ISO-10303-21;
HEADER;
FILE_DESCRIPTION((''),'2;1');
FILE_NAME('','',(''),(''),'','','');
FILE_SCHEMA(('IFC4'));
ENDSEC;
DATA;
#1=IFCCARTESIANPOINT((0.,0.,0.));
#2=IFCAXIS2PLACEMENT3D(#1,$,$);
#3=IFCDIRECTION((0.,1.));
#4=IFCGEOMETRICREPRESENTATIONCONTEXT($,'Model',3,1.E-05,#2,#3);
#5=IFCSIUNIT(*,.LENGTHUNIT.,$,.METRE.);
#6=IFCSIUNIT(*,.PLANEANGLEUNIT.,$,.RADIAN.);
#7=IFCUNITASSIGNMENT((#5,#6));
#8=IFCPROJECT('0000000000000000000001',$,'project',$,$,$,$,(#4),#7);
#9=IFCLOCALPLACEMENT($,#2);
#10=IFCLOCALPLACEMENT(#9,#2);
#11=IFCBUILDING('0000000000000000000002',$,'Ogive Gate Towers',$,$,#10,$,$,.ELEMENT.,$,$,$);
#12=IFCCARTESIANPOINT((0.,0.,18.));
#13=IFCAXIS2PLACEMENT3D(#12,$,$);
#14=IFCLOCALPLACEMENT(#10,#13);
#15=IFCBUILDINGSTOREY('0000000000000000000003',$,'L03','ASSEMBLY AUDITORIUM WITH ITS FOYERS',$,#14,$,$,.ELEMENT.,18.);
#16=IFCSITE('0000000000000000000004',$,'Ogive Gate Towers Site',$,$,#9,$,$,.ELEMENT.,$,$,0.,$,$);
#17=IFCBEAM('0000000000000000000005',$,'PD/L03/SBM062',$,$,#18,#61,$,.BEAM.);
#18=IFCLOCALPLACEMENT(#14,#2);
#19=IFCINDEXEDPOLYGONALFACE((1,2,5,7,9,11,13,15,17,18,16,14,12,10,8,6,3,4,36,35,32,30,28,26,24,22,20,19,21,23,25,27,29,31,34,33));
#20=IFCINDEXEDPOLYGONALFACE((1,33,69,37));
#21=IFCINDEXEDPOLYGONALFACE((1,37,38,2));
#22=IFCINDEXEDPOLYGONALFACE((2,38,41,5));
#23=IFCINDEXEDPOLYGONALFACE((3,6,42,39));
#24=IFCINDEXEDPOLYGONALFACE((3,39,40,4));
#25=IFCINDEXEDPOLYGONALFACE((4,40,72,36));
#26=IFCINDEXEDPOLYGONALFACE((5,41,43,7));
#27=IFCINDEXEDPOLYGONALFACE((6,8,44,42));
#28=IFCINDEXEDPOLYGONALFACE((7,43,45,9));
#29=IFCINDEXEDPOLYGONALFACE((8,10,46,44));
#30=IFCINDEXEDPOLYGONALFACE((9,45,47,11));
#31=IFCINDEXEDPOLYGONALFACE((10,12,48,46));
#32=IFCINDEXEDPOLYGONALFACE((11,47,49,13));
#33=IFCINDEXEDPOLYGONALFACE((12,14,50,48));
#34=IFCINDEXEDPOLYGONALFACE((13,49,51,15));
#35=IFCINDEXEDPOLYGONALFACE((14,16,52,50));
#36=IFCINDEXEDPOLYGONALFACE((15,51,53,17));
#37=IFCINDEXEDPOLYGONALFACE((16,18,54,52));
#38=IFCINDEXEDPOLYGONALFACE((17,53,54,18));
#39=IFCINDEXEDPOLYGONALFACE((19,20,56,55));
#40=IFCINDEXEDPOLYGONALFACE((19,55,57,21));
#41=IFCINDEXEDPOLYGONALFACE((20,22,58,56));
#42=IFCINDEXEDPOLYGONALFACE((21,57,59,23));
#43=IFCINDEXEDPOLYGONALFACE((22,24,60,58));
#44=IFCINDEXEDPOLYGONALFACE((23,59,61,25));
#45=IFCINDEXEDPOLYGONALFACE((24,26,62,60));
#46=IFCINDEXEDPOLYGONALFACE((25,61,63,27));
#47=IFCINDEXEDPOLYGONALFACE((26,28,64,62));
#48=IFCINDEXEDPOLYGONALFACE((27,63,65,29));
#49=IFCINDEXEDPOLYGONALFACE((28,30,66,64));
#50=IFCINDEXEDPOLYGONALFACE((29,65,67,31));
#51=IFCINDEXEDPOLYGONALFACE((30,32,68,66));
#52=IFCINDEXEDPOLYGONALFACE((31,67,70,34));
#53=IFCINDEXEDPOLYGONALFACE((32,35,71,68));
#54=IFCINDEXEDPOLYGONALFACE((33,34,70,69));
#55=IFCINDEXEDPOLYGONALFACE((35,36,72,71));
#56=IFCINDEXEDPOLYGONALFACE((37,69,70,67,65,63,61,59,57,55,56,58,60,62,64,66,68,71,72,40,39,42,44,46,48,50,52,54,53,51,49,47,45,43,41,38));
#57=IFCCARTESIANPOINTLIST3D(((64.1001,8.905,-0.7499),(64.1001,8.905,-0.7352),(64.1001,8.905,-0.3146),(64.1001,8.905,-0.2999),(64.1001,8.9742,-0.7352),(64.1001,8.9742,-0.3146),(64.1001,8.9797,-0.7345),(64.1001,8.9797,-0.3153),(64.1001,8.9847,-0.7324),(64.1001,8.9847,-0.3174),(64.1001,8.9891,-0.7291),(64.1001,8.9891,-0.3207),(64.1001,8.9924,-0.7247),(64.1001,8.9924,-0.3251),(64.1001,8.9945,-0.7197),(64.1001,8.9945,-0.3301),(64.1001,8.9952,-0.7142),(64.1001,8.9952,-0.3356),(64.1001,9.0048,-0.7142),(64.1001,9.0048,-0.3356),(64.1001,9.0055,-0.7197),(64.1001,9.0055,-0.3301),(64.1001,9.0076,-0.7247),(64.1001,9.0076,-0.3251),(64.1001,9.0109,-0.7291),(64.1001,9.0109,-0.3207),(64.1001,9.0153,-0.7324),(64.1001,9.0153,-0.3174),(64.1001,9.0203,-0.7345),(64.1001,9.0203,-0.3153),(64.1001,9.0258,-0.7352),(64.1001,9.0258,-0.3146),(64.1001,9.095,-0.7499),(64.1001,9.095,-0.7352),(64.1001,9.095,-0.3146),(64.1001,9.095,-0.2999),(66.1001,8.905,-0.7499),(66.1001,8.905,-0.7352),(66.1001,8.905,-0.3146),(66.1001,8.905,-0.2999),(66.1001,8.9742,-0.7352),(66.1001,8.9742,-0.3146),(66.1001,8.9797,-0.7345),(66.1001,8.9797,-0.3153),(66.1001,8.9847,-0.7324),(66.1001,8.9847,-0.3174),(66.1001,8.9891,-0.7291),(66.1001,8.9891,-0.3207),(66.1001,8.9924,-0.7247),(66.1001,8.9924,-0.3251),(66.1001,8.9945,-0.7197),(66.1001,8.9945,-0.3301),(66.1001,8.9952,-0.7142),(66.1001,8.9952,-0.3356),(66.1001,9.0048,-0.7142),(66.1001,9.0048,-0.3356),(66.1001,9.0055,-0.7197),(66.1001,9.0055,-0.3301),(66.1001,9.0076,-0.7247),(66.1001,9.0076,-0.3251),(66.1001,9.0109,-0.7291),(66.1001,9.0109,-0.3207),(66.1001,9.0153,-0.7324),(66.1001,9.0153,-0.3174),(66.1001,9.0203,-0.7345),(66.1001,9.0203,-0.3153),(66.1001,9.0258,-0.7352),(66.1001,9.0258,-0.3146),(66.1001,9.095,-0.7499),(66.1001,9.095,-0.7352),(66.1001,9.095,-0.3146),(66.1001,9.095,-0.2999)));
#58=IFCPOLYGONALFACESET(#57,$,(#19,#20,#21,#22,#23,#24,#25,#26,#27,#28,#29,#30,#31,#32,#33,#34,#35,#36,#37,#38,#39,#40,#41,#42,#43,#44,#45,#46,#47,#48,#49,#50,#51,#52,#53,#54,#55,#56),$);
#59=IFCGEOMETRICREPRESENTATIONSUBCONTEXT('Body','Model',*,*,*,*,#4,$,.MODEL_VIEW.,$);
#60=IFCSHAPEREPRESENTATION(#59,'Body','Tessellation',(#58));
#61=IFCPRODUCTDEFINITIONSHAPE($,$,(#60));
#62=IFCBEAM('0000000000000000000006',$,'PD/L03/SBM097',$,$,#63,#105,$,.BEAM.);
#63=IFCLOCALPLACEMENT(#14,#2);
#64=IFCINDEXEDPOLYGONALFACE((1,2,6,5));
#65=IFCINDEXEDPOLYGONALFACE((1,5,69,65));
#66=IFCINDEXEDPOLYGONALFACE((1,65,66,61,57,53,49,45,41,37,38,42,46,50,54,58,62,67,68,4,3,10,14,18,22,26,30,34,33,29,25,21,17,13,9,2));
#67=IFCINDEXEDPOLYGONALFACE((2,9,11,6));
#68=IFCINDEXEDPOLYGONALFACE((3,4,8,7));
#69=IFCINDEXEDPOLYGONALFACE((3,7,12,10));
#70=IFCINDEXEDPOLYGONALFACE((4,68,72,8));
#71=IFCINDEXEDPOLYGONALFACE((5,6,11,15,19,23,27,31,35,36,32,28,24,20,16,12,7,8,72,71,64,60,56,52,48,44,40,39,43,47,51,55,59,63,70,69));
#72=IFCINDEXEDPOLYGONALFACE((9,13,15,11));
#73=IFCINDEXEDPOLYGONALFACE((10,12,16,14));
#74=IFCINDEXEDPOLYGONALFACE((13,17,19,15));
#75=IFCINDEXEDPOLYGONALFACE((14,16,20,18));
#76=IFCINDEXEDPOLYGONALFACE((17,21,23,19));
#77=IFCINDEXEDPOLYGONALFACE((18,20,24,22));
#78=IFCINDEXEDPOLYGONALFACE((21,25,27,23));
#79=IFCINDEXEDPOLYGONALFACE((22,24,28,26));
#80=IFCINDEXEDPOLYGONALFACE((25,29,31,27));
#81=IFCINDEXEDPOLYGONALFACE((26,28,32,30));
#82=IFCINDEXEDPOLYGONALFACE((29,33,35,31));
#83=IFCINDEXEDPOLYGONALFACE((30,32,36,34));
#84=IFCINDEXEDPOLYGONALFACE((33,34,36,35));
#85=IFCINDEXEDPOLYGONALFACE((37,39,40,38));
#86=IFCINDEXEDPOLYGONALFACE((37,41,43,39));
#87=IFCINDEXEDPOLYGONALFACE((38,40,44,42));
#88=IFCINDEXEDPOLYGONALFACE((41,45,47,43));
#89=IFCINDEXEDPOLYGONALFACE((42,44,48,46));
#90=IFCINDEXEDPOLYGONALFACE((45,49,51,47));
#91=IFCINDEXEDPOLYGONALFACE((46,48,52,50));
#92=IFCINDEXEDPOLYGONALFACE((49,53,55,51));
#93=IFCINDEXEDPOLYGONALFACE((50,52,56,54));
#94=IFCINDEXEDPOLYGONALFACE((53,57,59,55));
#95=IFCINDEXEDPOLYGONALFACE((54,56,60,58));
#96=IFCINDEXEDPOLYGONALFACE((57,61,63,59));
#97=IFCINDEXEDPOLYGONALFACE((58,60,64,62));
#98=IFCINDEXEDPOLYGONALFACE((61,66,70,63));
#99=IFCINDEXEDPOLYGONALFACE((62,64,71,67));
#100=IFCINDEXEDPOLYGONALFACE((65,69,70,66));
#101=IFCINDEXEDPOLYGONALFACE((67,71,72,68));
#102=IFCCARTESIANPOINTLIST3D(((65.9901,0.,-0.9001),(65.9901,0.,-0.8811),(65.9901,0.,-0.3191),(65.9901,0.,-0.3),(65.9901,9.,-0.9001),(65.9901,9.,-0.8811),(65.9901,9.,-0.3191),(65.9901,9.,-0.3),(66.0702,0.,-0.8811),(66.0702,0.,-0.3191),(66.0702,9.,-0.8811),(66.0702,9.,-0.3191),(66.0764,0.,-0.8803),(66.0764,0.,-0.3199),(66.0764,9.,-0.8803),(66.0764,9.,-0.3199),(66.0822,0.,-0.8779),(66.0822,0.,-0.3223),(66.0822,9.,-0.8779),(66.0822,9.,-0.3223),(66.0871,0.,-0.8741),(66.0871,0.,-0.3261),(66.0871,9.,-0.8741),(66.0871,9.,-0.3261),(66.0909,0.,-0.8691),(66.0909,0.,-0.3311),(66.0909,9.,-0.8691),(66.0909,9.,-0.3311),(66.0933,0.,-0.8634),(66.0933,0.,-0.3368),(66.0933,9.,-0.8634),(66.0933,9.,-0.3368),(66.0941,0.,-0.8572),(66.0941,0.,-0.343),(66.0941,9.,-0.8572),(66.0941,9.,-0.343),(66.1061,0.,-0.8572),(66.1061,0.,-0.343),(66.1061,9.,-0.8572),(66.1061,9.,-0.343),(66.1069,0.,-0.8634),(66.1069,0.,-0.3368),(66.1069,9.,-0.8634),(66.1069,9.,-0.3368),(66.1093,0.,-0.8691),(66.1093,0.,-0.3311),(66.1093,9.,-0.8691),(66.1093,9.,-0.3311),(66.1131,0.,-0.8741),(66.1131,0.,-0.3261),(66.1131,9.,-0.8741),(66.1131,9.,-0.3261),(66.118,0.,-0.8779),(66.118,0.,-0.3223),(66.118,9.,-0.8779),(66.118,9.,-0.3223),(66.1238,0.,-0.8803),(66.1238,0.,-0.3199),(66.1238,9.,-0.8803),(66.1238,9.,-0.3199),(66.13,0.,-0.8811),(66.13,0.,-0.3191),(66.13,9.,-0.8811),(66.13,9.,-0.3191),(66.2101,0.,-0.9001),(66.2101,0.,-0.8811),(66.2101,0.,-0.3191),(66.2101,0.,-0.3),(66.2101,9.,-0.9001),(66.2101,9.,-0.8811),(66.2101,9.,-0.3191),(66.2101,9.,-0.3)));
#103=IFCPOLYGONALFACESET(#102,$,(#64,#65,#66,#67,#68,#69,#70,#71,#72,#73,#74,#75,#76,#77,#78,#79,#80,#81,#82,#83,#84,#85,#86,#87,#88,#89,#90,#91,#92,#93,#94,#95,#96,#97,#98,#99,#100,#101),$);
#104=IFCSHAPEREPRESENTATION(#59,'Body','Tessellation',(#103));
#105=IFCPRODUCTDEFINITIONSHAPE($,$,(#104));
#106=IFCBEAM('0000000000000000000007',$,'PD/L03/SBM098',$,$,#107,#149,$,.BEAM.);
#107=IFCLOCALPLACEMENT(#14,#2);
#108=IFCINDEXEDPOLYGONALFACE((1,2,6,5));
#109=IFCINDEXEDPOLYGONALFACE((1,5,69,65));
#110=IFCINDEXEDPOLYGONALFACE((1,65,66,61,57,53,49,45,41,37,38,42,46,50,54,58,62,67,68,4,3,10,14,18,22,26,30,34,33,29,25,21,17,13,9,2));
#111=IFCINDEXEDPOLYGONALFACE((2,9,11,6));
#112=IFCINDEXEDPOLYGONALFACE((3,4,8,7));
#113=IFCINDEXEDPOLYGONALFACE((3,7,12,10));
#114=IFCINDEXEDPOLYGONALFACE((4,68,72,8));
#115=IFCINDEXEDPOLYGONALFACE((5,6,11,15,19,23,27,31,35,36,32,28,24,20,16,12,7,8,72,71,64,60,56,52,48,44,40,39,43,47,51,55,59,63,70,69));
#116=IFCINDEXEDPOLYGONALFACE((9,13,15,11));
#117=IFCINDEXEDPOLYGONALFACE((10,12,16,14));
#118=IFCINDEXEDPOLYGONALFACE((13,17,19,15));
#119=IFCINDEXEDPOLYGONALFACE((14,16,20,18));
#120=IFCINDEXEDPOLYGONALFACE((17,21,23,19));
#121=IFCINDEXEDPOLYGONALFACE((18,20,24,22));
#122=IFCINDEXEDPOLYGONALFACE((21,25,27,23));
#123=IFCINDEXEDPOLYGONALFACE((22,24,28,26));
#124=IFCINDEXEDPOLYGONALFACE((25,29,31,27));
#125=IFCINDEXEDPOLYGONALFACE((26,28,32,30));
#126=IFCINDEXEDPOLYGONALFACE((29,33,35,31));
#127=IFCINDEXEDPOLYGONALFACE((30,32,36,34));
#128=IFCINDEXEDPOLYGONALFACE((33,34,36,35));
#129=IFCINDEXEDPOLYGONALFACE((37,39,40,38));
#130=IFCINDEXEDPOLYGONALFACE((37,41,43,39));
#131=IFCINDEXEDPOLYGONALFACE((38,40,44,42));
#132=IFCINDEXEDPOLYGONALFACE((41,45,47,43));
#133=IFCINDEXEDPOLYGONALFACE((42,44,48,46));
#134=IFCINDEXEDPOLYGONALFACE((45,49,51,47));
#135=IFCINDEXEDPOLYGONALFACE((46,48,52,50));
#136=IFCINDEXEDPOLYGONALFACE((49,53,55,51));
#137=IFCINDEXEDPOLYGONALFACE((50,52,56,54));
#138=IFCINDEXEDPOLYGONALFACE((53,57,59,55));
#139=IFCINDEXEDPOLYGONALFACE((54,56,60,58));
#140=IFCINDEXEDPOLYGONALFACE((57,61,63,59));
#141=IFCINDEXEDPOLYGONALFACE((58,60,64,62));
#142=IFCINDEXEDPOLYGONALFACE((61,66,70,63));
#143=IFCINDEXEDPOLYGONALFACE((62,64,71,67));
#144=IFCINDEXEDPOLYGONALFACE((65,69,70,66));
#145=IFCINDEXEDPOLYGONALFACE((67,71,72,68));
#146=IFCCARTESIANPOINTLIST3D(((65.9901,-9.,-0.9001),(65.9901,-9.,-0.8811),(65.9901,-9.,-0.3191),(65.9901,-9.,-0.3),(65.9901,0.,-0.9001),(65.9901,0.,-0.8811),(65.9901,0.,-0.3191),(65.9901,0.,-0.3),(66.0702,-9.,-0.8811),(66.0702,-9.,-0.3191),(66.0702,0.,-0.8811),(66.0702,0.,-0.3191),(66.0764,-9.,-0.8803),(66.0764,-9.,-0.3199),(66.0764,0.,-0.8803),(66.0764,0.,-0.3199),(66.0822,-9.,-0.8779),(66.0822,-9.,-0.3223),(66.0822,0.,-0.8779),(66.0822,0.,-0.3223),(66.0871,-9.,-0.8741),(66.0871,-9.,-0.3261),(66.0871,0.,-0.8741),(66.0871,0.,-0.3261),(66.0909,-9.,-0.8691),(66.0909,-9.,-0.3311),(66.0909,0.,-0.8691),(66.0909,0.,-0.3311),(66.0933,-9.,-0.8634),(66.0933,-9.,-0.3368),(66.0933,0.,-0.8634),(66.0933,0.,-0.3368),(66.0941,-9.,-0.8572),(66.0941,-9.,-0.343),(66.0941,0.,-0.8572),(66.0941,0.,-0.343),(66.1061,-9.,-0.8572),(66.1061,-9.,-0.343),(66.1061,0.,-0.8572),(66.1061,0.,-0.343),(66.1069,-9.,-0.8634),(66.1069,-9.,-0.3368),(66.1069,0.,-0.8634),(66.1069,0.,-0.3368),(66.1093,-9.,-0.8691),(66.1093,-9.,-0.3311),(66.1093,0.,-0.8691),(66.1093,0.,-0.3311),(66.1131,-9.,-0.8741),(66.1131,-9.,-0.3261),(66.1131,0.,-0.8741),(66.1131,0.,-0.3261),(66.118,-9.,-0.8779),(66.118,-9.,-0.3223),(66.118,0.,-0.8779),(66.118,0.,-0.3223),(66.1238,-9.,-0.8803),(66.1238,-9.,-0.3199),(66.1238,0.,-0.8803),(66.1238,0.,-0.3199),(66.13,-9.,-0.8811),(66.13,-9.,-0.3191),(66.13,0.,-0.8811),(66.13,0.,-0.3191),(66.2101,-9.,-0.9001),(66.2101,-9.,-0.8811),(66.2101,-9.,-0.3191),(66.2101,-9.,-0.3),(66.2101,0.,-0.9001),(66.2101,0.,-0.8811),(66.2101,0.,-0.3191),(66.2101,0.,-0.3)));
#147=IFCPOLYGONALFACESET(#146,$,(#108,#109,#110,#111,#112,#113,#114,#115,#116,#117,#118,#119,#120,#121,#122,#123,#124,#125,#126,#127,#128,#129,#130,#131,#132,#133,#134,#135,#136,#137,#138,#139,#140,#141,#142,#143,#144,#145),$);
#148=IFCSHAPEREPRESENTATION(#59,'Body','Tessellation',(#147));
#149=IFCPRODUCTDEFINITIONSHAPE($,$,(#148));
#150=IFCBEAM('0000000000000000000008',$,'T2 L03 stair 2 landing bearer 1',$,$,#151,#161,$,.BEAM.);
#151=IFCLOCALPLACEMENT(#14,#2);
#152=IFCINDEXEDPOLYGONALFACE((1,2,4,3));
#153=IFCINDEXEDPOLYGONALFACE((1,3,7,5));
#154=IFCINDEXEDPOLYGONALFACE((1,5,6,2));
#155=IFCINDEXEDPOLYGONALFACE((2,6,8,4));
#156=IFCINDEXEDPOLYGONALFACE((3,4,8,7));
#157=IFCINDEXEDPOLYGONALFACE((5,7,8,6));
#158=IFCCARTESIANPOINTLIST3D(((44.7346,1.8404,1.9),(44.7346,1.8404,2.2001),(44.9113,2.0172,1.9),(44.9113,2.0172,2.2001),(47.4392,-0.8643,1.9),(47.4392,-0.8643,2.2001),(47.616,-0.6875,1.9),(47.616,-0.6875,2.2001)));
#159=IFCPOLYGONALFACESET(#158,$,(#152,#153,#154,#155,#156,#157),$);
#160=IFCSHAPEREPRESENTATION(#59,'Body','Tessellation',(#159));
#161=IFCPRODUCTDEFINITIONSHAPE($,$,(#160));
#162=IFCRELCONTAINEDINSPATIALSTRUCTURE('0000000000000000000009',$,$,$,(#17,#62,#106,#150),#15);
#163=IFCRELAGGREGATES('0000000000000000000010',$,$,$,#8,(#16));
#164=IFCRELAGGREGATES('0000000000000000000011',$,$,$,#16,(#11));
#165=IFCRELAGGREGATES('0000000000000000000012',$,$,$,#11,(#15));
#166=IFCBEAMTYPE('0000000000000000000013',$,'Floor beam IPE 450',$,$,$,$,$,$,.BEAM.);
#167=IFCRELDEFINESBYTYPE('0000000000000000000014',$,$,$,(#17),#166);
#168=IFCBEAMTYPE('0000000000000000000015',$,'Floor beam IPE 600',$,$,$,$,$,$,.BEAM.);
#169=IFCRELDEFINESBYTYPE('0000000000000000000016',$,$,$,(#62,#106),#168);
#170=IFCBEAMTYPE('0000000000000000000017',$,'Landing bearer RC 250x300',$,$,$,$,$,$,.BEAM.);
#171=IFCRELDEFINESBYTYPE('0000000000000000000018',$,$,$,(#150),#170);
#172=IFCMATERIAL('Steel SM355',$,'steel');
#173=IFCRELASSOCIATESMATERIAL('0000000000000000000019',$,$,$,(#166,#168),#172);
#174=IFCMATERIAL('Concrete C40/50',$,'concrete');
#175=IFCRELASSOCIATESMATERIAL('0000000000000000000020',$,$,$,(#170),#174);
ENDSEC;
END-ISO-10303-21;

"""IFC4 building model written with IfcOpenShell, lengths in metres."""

from ifc_helpers import new_model, si_unit, direction, frame, origin, origin_2d, place, context, subcontext, project, spatial, rectangle, i_section, extrude, material, material_profile, profile_set, type_object, element, save


model = new_model("IFC4")

# Units and contexts
model_context = context("Model", 3, precision=1e-05, world=origin(), true_north=direction((0.0, 1.0)))
body_context = subcontext(model_context, "Body", "Model", "MODEL_VIEW")
ifc_project = project(units=[si_unit("LENGTHUNIT", "METRE"), si_unit("PLANEANGLEUNIT", "RADIAN")], contexts=[model_context])

# Site, building, storey
site_placement = place(None, origin())
site = spatial("IfcSite", under=ifc_project, at=site_placement, Name="Ogive Gate Towers Site", CompositionType="ELEMENT", RefElevation=0.0)
building_placement = place(site_placement, origin())
building = spatial("IfcBuilding", under=site, at=building_placement, Name="Ogive Gate Towers", CompositionType="ELEMENT")
storey_placement = place(building_placement, frame((0.0, 0.0, 18.0)))
storey = spatial("IfcBuildingStorey", under=building, at=storey_placement, Name="L03", Description="ASSEMBLY AUDITORIUM WITH ITS FOYERS", CompositionType="ELEMENT", Elevation=18.0)

# Beams
ifc_material_1 = material(Name="Steel SM355", Category="steel")
ifc_material_profile_1 = material_profile(ifc_material_1, i_section(OverallWidth=0.1899, OverallDepth=0.45, WebThickness=0.0095, FlangeThickness=0.0146, FilletRadius=0.021, at=origin_2d()), Name="IPE 450")
ifc_profile_set_1 = profile_set([ifc_material_profile_1], Name="Steel SM355")
beam_type_1 = type_object("IfcBeamType", Name="Floor beam IPE 450", PredefinedType="BEAM", material=ifc_profile_set_1)
for number, where, z_axis, x_axis, name in (
    (1, (64.1001, 9.0, -0.5249), (1.0, 0.0, 0.0), (0.0, 1.0, 0.0), "PD/L03/SBM062"),
):
    element("IfcBeam", number, at=place(storey_placement, frame(where, z_axis=z_axis, x_axis=x_axis)), inside=storey, type_object=beam_type_1, Name=name, PredefinedType="BEAM", context=body_context, shape_type="SweptSolid", body=[
        extrude(i_section(OverallWidth=0.1899, OverallDepth=0.45, WebThickness=0.0095, FlangeThickness=0.0146, FilletRadius=0.021, at=origin_2d()), origin(), (0.0, 0.0, 1.0), 2.0),
    ])
ifc_material_profile_2 = material_profile(ifc_material_1, i_section(OverallWidth=0.22, OverallDepth=0.6001, WebThickness=0.012, FlangeThickness=0.019, FilletRadius=0.0239, at=origin_2d()), Name="IPE 600")
ifc_profile_set_2 = profile_set([ifc_material_profile_2], Name="Steel SM355")
beam_type_2 = type_object("IfcBeamType", Name="Floor beam IPE 600", PredefinedType="BEAM", material=ifc_profile_set_2)
for number, where, z_axis, x_axis, name in (
    (2, (66.1001, 9.0, -0.6001), (0.0, -1.0, 0.0), (1.0, 0.0, 0.0), "PD/L03/SBM097"),
    (3, (66.1001, 0.0, -0.6001), (0.0, -1.0, 0.0), (1.0, 0.0, 0.0), "PD/L03/SBM098"),
):
    element("IfcBeam", number, at=place(storey_placement, frame(where, z_axis=z_axis, x_axis=x_axis)), inside=storey, type_object=beam_type_2, Name=name, PredefinedType="BEAM", context=body_context, shape_type="SweptSolid", body=[
        extrude(i_section(OverallWidth=0.22, OverallDepth=0.6001, WebThickness=0.012, FlangeThickness=0.019, FilletRadius=0.0239, at=origin_2d()), origin(), (0.0, 0.0, 1.0), 9.0),
    ])
ifc_material_2 = material(Name="Concrete C40/50", Category="concrete")
ifc_material_profile_3 = material_profile(ifc_material_2, rectangle(XDim=0.25, YDim=0.3, at=origin_2d()), Name="RC 250x300")
ifc_profile_set_3 = profile_set([ifc_material_profile_3], Name="Concrete C40/50")
beam_type_3 = type_object("IfcBeamType", Name="Landing bearer RC 250x300", PredefinedType="BEAM", material=ifc_profile_set_3)
beam_1_placement = place(storey_placement, frame((47.5276, -0.7759, 2.05), z_axis=(-0.707107, 0.707107, 0.0), x_axis=(-0.707107, -0.707107, 0.0)))
element("IfcBeam", 4, at=beam_1_placement, inside=storey, type_object=beam_type_3, Name="T2 L03 stair 2 landing bearer 1", PredefinedType="BEAM", context=body_context, shape_type="SweptSolid", body=[
    extrude(rectangle(XDim=0.25, YDim=0.3, at=origin_2d()), origin(), (0.0, 0.0, 1.0), 3.825),
])

save(model, "model.ifc")
